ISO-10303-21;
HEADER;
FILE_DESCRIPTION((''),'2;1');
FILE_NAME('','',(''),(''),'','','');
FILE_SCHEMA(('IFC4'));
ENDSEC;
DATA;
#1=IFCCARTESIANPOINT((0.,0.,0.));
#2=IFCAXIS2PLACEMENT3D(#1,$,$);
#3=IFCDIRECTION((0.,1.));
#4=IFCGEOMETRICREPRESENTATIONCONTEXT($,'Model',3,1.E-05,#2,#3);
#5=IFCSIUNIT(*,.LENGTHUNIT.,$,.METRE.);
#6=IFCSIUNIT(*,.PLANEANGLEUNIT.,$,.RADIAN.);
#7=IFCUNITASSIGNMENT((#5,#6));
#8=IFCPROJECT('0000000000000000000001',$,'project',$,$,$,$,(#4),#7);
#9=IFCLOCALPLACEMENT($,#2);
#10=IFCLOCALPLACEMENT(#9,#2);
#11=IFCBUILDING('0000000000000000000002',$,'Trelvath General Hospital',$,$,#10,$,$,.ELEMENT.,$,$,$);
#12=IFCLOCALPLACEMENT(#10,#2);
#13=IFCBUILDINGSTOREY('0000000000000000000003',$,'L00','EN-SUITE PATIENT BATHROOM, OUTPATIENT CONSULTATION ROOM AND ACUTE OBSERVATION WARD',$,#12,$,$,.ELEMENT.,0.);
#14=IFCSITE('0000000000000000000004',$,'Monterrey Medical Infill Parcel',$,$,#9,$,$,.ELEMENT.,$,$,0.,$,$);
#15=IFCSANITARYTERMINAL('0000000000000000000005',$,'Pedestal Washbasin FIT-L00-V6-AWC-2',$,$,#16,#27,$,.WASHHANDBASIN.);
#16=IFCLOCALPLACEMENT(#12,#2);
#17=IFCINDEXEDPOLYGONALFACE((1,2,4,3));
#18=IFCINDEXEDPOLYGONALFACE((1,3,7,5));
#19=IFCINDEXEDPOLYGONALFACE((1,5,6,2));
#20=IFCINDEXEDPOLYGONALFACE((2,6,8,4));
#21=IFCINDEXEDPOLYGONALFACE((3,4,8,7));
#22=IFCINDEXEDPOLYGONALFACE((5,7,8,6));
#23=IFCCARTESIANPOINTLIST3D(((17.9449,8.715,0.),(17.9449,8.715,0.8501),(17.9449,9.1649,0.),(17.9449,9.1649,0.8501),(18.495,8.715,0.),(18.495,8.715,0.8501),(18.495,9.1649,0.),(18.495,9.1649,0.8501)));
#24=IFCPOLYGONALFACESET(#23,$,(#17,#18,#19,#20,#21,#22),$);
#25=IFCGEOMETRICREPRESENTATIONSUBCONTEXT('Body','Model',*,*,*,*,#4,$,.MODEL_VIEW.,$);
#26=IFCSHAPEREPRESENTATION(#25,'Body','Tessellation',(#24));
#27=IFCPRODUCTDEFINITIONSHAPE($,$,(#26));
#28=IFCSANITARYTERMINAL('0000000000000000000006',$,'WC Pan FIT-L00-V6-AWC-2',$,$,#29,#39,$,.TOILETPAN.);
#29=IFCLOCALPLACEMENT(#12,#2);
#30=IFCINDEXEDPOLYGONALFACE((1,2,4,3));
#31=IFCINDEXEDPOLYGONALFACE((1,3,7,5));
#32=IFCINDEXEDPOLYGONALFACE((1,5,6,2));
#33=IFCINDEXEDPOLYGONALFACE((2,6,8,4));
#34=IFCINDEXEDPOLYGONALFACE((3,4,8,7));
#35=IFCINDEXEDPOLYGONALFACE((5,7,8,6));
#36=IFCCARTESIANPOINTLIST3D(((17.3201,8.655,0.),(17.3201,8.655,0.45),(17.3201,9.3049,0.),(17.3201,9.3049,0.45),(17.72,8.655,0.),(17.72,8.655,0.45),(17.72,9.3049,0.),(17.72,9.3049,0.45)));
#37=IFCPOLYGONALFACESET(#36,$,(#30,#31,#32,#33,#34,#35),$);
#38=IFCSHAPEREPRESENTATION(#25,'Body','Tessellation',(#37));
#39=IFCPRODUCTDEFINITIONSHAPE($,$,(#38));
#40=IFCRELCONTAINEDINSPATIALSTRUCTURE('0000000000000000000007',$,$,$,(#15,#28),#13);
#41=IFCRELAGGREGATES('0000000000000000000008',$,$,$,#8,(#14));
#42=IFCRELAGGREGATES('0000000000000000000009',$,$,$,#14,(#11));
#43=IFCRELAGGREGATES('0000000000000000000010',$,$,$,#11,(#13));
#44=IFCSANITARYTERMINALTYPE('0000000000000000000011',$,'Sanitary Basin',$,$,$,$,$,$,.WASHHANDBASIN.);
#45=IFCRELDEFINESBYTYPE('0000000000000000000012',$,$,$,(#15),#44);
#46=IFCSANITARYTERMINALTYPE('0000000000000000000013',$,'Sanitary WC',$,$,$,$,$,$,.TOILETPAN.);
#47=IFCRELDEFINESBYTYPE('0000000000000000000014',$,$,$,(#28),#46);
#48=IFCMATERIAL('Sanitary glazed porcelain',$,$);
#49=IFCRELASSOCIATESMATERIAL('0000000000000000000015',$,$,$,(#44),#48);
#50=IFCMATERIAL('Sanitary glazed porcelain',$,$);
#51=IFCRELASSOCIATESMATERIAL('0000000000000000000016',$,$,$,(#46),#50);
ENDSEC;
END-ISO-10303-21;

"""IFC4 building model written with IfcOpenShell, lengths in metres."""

from ifc_helpers import new_model, si_unit, direction, frame, origin, origin_2d, place, context, subcontext, project, spatial, rectangle, extrude, material, type_object, element, save


model = new_model("IFC4")

# Units and contexts
model_context = context("Model", 3, precision=1e-05, world=origin(), true_north=direction((0.0, 1.0)))
body_context = subcontext(model_context, "Body", "Model", "MODEL_VIEW")
ifc_project = project(units=[si_unit("LENGTHUNIT", "METRE"), si_unit("PLANEANGLEUNIT", "RADIAN")], contexts=[model_context])

# Site, building, storey
site_placement = place(None, origin())
site = spatial("IfcSite", under=ifc_project, at=site_placement, Name="Monterrey Medical Infill Parcel", CompositionType="ELEMENT", RefElevation=0.0)
building_placement = place(site_placement, origin())
building = spatial("IfcBuilding", under=site, at=building_placement, Name="Trelvath General Hospital", CompositionType="ELEMENT")
storey_placement = place(building_placement, origin())
storey = spatial("IfcBuildingStorey", under=building, at=storey_placement, Name="L00", Description="EN-SUITE PATIENT BATHROOM, OUTPATIENT CONSULTATION ROOM AND ACUTE OBSERVATION WARD", CompositionType="ELEMENT", Elevation=0.0)

# Sanitary terminals
ifc_material_1 = material(Name="Sanitary glazed porcelain")
sanitary_terminal_type_1 = type_object("IfcSanitaryTerminalType", Name="Sanitary Basin", PredefinedType="WASHHANDBASIN", material=ifc_material_1)
sanitary_terminal_1_placement = place(storey_placement, frame((18.22, 8.9399, 0.0), z_axis=(0.0, 0.0, 1.0), x_axis=(1.0, 0.0, 0.0)))
element("IfcSanitaryTerminal", 1, at=sanitary_terminal_1_placement, inside=storey, type_object=sanitary_terminal_type_1, Name="Pedestal Washbasin FIT-L00-V6-AWC-2", PredefinedType="WASHHANDBASIN", context=body_context, shape_type="SweptSolid", body=[
    extrude(rectangle(XDim=0.55, YDim=0.45, at=origin_2d()), origin(), (0.0, 0.0, 1.0), 0.8501),
])
ifc_material_2 = material(Name="Sanitary glazed porcelain")
sanitary_terminal_type_2 = type_object("IfcSanitaryTerminalType", Name="Sanitary WC", PredefinedType="TOILETPAN", material=ifc_material_2)
sanitary_terminal_2_placement = place(storey_placement, frame((17.52, 8.98, 0.0), z_axis=(0.0, 0.0, 1.0), x_axis=(1.0, 0.0, 0.0)))
element("IfcSanitaryTerminal", 2, at=sanitary_terminal_2_placement, inside=storey, type_object=sanitary_terminal_type_2, Name="WC Pan FIT-L00-V6-AWC-2", PredefinedType="TOILETPAN", context=body_context, shape_type="SweptSolid", body=[
    extrude(rectangle(XDim=0.3999, YDim=0.6499, at=origin_2d()), origin(), (0.0, 0.0, 1.0), 0.45),
])

save(model, "model.ifc")
